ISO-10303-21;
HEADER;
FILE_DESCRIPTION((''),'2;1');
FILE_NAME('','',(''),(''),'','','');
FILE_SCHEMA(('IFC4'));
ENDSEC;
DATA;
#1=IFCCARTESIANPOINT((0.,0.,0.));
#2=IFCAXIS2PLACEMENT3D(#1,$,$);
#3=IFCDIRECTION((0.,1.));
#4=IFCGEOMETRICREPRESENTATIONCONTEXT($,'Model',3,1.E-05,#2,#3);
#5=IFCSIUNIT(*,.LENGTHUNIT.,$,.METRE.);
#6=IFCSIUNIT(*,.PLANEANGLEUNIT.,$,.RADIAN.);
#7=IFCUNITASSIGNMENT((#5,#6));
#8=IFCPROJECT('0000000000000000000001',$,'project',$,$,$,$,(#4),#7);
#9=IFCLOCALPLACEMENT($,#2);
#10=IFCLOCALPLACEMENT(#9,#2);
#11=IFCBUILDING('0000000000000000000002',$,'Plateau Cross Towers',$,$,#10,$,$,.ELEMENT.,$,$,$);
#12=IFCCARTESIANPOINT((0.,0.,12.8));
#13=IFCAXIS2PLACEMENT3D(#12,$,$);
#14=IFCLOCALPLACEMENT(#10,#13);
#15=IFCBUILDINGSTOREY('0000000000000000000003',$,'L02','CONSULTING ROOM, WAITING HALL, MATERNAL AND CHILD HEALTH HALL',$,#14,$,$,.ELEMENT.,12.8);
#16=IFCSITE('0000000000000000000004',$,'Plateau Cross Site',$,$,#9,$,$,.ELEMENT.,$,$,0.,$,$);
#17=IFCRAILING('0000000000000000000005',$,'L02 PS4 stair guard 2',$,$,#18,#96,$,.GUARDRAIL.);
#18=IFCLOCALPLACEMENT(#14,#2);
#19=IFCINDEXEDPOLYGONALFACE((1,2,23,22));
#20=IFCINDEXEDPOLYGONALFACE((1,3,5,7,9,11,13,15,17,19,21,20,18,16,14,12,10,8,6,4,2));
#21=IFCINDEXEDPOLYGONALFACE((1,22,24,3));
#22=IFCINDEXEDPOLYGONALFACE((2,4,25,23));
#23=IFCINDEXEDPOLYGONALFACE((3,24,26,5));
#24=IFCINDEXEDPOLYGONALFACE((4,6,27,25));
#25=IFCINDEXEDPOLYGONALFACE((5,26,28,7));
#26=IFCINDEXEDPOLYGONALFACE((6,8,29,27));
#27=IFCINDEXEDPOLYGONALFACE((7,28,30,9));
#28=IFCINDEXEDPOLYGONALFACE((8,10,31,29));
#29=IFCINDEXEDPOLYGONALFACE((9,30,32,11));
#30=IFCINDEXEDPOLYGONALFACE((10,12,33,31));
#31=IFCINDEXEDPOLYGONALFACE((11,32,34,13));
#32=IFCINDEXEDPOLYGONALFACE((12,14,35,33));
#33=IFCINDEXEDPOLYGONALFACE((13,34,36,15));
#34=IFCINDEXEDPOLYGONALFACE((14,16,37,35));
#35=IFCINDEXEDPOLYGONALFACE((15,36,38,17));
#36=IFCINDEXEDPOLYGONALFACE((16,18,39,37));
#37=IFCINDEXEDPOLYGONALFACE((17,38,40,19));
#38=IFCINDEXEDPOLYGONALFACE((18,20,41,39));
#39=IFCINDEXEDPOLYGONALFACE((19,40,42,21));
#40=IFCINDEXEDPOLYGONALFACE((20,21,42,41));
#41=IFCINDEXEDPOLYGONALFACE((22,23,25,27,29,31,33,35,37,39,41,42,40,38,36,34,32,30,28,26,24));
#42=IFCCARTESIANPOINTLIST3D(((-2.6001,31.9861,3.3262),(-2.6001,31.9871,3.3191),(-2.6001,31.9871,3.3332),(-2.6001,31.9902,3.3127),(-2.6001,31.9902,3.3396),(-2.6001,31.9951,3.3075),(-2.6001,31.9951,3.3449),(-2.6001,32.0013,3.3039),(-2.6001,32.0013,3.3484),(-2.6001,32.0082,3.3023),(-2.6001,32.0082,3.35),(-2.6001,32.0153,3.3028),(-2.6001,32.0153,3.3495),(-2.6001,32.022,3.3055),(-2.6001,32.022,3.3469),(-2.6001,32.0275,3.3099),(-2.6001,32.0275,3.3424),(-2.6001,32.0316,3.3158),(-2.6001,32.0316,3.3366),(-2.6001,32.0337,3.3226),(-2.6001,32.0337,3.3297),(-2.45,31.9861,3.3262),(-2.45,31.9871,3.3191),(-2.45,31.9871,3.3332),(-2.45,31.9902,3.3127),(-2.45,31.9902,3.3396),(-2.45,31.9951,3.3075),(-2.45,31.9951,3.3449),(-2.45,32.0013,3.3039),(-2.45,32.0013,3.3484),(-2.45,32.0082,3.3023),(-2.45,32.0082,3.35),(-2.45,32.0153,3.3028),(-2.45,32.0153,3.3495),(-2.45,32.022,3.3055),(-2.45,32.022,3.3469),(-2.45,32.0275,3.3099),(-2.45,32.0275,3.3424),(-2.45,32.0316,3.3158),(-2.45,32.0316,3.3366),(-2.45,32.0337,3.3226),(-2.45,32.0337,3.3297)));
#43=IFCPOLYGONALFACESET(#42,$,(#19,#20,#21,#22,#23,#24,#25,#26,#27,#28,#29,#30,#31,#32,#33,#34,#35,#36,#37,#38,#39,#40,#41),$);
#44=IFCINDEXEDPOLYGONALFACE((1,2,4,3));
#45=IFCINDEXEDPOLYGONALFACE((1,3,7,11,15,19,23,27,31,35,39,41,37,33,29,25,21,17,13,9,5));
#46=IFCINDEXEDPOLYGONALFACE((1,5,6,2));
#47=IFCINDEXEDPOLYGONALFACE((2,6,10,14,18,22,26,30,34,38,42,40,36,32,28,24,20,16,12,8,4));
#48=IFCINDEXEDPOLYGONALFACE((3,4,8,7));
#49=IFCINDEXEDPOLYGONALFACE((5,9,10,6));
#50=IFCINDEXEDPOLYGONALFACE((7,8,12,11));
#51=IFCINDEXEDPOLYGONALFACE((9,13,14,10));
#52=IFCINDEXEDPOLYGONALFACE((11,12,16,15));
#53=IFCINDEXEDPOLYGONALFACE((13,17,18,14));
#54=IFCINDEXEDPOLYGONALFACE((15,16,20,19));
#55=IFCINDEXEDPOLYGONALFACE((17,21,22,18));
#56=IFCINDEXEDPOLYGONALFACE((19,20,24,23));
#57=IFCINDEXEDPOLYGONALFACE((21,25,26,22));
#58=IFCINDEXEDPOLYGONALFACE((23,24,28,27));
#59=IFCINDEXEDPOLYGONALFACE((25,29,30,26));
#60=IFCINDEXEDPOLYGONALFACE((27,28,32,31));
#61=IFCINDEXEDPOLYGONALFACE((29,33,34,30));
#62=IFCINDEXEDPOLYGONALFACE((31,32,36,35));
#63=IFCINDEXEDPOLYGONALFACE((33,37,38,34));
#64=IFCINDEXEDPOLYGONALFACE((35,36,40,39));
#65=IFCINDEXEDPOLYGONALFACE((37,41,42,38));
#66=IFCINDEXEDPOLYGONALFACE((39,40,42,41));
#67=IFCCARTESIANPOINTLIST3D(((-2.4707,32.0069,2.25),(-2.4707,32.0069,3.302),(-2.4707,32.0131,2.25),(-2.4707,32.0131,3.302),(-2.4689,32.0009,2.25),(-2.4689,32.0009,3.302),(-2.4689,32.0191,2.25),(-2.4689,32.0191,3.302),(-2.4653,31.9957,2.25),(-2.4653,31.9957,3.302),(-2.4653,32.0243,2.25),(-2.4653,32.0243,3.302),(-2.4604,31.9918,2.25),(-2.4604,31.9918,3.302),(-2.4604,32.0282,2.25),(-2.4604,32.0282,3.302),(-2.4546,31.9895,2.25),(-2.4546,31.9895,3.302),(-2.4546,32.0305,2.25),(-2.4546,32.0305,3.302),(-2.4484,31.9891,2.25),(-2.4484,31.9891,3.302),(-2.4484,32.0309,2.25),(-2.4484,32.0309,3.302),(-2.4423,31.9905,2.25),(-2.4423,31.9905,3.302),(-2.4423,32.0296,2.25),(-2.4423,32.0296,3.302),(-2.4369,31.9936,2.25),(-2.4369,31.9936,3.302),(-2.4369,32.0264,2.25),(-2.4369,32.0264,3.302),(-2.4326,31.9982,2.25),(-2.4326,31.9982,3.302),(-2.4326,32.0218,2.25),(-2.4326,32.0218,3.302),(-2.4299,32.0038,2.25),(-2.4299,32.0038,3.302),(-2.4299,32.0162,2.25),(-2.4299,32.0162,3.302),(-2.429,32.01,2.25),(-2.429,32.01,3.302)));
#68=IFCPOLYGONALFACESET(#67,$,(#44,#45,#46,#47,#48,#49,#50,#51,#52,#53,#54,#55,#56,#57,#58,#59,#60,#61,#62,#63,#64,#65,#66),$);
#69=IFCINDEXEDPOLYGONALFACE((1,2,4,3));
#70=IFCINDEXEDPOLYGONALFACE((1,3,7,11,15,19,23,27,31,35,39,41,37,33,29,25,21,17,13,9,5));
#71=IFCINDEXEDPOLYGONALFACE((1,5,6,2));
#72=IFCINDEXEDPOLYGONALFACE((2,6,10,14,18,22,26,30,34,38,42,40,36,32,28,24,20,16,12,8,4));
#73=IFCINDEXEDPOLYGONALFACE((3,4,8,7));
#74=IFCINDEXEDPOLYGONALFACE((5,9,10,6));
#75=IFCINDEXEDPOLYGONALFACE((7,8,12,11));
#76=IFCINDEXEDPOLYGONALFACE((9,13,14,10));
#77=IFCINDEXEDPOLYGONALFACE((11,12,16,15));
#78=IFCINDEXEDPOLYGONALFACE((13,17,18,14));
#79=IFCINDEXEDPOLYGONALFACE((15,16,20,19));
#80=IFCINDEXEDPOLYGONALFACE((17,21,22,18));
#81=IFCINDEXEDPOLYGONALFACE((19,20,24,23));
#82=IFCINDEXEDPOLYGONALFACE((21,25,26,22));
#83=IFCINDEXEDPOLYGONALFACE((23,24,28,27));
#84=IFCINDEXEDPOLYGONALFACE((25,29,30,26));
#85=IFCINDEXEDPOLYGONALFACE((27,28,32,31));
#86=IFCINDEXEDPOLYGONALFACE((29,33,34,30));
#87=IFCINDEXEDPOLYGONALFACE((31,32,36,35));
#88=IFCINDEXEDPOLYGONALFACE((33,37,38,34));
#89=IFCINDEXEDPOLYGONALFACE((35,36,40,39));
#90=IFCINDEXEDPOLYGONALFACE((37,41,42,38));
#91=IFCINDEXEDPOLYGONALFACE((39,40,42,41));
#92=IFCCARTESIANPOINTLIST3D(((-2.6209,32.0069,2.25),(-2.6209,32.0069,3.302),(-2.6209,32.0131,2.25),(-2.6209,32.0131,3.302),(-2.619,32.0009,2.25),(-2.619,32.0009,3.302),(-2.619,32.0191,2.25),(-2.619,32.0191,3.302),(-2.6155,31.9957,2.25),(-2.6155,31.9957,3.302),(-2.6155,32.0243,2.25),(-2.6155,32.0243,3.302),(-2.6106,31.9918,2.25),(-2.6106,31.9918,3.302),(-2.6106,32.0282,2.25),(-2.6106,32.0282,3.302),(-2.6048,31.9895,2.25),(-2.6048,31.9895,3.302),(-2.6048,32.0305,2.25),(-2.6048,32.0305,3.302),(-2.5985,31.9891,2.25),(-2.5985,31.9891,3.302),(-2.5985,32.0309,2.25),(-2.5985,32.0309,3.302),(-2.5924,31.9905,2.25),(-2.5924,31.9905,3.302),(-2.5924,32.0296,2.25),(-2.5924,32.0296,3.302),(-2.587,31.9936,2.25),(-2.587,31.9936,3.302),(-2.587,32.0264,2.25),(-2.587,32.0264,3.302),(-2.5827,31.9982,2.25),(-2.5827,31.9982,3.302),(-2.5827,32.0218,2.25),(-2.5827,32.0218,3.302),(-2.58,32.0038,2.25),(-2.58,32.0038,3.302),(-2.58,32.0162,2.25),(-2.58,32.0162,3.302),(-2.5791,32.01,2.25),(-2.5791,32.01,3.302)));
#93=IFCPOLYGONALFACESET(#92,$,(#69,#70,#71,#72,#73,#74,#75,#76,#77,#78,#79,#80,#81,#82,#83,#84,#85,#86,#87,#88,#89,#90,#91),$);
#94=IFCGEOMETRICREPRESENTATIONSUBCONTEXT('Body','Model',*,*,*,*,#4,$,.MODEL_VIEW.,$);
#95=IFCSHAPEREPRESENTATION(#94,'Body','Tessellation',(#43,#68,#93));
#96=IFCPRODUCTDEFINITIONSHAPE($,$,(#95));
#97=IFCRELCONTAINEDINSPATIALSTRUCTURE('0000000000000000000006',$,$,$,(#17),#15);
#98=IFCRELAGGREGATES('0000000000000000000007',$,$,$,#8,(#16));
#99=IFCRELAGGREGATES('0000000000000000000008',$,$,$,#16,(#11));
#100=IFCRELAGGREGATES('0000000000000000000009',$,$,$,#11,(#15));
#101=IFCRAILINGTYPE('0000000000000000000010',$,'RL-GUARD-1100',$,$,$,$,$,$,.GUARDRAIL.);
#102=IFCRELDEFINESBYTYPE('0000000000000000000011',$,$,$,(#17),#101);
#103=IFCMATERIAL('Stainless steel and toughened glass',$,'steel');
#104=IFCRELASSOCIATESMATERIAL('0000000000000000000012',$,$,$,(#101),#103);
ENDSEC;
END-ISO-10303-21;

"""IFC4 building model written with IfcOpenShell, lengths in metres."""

from ifc_helpers import new_model, si_unit, direction, frame, origin, origin_2d, place, context, subcontext, project, spatial, circle, extrude, material, type_object, element, save


model = new_model("IFC4")

# Units and contexts
model_context = context("Model", 3, precision=1e-05, world=origin(), true_north=direction((0.0, 1.0)))
body_context = subcontext(model_context, "Body", "Model", "MODEL_VIEW")
ifc_project = project(units=[si_unit("LENGTHUNIT", "METRE"), si_unit("PLANEANGLEUNIT", "RADIAN")], contexts=[model_context])

# Site, building, storey
site_placement = place(None, origin())
site = spatial("IfcSite", under=ifc_project, at=site_placement, Name="Plateau Cross Site", CompositionType="ELEMENT", RefElevation=0.0)
building_placement = place(site_placement, origin())
building = spatial("IfcBuilding", under=site, at=building_placement, Name="Plateau Cross Towers", CompositionType="ELEMENT")
storey_placement = place(building_placement, frame((0.0, 0.0, 12.8)))
storey = spatial("IfcBuildingStorey", under=building, at=storey_placement, Name="L02", Description="CONSULTING ROOM, WAITING HALL, MATERNAL AND CHILD HEALTH HALL", CompositionType="ELEMENT", Elevation=12.8)

# Railing
ifc_material_1 = material(Name="Stainless steel and toughened glass", Category="steel")
railing_type_1 = type_object("IfcRailingType", Name="RL-GUARD-1100", PredefinedType="GUARDRAIL", material=ifc_material_1)
railing_1_placement = place(storey_placement, frame((-2.45, 32.01, 2.25)))
element("IfcRailing", 1, at=railing_1_placement, inside=storey, type_object=railing_type_1, Name="L02 PS4 stair guard 2", PredefinedType="GUARDRAIL", context=body_context, shape_type="SweptSolid", body=[
    extrude(circle(Radius=0.0239, at=origin_2d()), frame((0.0, 0.0, 1.0762), z_axis=(-1.0, 0.0, 0.0), x_axis=(0.0, -1.0, 0.0)), (0.0, 0.0, 1.0), 0.1501),
    extrude(circle(Radius=0.021, at=origin_2d()), origin(), (0.0, 0.0, 1.0), 1.052),
    extrude(circle(Radius=0.021, at=origin_2d()), frame((-0.1501, 0.0, 0.0)), (0.0, 0.0, 1.0), 1.052),
])

save(model, "model.ifc")
